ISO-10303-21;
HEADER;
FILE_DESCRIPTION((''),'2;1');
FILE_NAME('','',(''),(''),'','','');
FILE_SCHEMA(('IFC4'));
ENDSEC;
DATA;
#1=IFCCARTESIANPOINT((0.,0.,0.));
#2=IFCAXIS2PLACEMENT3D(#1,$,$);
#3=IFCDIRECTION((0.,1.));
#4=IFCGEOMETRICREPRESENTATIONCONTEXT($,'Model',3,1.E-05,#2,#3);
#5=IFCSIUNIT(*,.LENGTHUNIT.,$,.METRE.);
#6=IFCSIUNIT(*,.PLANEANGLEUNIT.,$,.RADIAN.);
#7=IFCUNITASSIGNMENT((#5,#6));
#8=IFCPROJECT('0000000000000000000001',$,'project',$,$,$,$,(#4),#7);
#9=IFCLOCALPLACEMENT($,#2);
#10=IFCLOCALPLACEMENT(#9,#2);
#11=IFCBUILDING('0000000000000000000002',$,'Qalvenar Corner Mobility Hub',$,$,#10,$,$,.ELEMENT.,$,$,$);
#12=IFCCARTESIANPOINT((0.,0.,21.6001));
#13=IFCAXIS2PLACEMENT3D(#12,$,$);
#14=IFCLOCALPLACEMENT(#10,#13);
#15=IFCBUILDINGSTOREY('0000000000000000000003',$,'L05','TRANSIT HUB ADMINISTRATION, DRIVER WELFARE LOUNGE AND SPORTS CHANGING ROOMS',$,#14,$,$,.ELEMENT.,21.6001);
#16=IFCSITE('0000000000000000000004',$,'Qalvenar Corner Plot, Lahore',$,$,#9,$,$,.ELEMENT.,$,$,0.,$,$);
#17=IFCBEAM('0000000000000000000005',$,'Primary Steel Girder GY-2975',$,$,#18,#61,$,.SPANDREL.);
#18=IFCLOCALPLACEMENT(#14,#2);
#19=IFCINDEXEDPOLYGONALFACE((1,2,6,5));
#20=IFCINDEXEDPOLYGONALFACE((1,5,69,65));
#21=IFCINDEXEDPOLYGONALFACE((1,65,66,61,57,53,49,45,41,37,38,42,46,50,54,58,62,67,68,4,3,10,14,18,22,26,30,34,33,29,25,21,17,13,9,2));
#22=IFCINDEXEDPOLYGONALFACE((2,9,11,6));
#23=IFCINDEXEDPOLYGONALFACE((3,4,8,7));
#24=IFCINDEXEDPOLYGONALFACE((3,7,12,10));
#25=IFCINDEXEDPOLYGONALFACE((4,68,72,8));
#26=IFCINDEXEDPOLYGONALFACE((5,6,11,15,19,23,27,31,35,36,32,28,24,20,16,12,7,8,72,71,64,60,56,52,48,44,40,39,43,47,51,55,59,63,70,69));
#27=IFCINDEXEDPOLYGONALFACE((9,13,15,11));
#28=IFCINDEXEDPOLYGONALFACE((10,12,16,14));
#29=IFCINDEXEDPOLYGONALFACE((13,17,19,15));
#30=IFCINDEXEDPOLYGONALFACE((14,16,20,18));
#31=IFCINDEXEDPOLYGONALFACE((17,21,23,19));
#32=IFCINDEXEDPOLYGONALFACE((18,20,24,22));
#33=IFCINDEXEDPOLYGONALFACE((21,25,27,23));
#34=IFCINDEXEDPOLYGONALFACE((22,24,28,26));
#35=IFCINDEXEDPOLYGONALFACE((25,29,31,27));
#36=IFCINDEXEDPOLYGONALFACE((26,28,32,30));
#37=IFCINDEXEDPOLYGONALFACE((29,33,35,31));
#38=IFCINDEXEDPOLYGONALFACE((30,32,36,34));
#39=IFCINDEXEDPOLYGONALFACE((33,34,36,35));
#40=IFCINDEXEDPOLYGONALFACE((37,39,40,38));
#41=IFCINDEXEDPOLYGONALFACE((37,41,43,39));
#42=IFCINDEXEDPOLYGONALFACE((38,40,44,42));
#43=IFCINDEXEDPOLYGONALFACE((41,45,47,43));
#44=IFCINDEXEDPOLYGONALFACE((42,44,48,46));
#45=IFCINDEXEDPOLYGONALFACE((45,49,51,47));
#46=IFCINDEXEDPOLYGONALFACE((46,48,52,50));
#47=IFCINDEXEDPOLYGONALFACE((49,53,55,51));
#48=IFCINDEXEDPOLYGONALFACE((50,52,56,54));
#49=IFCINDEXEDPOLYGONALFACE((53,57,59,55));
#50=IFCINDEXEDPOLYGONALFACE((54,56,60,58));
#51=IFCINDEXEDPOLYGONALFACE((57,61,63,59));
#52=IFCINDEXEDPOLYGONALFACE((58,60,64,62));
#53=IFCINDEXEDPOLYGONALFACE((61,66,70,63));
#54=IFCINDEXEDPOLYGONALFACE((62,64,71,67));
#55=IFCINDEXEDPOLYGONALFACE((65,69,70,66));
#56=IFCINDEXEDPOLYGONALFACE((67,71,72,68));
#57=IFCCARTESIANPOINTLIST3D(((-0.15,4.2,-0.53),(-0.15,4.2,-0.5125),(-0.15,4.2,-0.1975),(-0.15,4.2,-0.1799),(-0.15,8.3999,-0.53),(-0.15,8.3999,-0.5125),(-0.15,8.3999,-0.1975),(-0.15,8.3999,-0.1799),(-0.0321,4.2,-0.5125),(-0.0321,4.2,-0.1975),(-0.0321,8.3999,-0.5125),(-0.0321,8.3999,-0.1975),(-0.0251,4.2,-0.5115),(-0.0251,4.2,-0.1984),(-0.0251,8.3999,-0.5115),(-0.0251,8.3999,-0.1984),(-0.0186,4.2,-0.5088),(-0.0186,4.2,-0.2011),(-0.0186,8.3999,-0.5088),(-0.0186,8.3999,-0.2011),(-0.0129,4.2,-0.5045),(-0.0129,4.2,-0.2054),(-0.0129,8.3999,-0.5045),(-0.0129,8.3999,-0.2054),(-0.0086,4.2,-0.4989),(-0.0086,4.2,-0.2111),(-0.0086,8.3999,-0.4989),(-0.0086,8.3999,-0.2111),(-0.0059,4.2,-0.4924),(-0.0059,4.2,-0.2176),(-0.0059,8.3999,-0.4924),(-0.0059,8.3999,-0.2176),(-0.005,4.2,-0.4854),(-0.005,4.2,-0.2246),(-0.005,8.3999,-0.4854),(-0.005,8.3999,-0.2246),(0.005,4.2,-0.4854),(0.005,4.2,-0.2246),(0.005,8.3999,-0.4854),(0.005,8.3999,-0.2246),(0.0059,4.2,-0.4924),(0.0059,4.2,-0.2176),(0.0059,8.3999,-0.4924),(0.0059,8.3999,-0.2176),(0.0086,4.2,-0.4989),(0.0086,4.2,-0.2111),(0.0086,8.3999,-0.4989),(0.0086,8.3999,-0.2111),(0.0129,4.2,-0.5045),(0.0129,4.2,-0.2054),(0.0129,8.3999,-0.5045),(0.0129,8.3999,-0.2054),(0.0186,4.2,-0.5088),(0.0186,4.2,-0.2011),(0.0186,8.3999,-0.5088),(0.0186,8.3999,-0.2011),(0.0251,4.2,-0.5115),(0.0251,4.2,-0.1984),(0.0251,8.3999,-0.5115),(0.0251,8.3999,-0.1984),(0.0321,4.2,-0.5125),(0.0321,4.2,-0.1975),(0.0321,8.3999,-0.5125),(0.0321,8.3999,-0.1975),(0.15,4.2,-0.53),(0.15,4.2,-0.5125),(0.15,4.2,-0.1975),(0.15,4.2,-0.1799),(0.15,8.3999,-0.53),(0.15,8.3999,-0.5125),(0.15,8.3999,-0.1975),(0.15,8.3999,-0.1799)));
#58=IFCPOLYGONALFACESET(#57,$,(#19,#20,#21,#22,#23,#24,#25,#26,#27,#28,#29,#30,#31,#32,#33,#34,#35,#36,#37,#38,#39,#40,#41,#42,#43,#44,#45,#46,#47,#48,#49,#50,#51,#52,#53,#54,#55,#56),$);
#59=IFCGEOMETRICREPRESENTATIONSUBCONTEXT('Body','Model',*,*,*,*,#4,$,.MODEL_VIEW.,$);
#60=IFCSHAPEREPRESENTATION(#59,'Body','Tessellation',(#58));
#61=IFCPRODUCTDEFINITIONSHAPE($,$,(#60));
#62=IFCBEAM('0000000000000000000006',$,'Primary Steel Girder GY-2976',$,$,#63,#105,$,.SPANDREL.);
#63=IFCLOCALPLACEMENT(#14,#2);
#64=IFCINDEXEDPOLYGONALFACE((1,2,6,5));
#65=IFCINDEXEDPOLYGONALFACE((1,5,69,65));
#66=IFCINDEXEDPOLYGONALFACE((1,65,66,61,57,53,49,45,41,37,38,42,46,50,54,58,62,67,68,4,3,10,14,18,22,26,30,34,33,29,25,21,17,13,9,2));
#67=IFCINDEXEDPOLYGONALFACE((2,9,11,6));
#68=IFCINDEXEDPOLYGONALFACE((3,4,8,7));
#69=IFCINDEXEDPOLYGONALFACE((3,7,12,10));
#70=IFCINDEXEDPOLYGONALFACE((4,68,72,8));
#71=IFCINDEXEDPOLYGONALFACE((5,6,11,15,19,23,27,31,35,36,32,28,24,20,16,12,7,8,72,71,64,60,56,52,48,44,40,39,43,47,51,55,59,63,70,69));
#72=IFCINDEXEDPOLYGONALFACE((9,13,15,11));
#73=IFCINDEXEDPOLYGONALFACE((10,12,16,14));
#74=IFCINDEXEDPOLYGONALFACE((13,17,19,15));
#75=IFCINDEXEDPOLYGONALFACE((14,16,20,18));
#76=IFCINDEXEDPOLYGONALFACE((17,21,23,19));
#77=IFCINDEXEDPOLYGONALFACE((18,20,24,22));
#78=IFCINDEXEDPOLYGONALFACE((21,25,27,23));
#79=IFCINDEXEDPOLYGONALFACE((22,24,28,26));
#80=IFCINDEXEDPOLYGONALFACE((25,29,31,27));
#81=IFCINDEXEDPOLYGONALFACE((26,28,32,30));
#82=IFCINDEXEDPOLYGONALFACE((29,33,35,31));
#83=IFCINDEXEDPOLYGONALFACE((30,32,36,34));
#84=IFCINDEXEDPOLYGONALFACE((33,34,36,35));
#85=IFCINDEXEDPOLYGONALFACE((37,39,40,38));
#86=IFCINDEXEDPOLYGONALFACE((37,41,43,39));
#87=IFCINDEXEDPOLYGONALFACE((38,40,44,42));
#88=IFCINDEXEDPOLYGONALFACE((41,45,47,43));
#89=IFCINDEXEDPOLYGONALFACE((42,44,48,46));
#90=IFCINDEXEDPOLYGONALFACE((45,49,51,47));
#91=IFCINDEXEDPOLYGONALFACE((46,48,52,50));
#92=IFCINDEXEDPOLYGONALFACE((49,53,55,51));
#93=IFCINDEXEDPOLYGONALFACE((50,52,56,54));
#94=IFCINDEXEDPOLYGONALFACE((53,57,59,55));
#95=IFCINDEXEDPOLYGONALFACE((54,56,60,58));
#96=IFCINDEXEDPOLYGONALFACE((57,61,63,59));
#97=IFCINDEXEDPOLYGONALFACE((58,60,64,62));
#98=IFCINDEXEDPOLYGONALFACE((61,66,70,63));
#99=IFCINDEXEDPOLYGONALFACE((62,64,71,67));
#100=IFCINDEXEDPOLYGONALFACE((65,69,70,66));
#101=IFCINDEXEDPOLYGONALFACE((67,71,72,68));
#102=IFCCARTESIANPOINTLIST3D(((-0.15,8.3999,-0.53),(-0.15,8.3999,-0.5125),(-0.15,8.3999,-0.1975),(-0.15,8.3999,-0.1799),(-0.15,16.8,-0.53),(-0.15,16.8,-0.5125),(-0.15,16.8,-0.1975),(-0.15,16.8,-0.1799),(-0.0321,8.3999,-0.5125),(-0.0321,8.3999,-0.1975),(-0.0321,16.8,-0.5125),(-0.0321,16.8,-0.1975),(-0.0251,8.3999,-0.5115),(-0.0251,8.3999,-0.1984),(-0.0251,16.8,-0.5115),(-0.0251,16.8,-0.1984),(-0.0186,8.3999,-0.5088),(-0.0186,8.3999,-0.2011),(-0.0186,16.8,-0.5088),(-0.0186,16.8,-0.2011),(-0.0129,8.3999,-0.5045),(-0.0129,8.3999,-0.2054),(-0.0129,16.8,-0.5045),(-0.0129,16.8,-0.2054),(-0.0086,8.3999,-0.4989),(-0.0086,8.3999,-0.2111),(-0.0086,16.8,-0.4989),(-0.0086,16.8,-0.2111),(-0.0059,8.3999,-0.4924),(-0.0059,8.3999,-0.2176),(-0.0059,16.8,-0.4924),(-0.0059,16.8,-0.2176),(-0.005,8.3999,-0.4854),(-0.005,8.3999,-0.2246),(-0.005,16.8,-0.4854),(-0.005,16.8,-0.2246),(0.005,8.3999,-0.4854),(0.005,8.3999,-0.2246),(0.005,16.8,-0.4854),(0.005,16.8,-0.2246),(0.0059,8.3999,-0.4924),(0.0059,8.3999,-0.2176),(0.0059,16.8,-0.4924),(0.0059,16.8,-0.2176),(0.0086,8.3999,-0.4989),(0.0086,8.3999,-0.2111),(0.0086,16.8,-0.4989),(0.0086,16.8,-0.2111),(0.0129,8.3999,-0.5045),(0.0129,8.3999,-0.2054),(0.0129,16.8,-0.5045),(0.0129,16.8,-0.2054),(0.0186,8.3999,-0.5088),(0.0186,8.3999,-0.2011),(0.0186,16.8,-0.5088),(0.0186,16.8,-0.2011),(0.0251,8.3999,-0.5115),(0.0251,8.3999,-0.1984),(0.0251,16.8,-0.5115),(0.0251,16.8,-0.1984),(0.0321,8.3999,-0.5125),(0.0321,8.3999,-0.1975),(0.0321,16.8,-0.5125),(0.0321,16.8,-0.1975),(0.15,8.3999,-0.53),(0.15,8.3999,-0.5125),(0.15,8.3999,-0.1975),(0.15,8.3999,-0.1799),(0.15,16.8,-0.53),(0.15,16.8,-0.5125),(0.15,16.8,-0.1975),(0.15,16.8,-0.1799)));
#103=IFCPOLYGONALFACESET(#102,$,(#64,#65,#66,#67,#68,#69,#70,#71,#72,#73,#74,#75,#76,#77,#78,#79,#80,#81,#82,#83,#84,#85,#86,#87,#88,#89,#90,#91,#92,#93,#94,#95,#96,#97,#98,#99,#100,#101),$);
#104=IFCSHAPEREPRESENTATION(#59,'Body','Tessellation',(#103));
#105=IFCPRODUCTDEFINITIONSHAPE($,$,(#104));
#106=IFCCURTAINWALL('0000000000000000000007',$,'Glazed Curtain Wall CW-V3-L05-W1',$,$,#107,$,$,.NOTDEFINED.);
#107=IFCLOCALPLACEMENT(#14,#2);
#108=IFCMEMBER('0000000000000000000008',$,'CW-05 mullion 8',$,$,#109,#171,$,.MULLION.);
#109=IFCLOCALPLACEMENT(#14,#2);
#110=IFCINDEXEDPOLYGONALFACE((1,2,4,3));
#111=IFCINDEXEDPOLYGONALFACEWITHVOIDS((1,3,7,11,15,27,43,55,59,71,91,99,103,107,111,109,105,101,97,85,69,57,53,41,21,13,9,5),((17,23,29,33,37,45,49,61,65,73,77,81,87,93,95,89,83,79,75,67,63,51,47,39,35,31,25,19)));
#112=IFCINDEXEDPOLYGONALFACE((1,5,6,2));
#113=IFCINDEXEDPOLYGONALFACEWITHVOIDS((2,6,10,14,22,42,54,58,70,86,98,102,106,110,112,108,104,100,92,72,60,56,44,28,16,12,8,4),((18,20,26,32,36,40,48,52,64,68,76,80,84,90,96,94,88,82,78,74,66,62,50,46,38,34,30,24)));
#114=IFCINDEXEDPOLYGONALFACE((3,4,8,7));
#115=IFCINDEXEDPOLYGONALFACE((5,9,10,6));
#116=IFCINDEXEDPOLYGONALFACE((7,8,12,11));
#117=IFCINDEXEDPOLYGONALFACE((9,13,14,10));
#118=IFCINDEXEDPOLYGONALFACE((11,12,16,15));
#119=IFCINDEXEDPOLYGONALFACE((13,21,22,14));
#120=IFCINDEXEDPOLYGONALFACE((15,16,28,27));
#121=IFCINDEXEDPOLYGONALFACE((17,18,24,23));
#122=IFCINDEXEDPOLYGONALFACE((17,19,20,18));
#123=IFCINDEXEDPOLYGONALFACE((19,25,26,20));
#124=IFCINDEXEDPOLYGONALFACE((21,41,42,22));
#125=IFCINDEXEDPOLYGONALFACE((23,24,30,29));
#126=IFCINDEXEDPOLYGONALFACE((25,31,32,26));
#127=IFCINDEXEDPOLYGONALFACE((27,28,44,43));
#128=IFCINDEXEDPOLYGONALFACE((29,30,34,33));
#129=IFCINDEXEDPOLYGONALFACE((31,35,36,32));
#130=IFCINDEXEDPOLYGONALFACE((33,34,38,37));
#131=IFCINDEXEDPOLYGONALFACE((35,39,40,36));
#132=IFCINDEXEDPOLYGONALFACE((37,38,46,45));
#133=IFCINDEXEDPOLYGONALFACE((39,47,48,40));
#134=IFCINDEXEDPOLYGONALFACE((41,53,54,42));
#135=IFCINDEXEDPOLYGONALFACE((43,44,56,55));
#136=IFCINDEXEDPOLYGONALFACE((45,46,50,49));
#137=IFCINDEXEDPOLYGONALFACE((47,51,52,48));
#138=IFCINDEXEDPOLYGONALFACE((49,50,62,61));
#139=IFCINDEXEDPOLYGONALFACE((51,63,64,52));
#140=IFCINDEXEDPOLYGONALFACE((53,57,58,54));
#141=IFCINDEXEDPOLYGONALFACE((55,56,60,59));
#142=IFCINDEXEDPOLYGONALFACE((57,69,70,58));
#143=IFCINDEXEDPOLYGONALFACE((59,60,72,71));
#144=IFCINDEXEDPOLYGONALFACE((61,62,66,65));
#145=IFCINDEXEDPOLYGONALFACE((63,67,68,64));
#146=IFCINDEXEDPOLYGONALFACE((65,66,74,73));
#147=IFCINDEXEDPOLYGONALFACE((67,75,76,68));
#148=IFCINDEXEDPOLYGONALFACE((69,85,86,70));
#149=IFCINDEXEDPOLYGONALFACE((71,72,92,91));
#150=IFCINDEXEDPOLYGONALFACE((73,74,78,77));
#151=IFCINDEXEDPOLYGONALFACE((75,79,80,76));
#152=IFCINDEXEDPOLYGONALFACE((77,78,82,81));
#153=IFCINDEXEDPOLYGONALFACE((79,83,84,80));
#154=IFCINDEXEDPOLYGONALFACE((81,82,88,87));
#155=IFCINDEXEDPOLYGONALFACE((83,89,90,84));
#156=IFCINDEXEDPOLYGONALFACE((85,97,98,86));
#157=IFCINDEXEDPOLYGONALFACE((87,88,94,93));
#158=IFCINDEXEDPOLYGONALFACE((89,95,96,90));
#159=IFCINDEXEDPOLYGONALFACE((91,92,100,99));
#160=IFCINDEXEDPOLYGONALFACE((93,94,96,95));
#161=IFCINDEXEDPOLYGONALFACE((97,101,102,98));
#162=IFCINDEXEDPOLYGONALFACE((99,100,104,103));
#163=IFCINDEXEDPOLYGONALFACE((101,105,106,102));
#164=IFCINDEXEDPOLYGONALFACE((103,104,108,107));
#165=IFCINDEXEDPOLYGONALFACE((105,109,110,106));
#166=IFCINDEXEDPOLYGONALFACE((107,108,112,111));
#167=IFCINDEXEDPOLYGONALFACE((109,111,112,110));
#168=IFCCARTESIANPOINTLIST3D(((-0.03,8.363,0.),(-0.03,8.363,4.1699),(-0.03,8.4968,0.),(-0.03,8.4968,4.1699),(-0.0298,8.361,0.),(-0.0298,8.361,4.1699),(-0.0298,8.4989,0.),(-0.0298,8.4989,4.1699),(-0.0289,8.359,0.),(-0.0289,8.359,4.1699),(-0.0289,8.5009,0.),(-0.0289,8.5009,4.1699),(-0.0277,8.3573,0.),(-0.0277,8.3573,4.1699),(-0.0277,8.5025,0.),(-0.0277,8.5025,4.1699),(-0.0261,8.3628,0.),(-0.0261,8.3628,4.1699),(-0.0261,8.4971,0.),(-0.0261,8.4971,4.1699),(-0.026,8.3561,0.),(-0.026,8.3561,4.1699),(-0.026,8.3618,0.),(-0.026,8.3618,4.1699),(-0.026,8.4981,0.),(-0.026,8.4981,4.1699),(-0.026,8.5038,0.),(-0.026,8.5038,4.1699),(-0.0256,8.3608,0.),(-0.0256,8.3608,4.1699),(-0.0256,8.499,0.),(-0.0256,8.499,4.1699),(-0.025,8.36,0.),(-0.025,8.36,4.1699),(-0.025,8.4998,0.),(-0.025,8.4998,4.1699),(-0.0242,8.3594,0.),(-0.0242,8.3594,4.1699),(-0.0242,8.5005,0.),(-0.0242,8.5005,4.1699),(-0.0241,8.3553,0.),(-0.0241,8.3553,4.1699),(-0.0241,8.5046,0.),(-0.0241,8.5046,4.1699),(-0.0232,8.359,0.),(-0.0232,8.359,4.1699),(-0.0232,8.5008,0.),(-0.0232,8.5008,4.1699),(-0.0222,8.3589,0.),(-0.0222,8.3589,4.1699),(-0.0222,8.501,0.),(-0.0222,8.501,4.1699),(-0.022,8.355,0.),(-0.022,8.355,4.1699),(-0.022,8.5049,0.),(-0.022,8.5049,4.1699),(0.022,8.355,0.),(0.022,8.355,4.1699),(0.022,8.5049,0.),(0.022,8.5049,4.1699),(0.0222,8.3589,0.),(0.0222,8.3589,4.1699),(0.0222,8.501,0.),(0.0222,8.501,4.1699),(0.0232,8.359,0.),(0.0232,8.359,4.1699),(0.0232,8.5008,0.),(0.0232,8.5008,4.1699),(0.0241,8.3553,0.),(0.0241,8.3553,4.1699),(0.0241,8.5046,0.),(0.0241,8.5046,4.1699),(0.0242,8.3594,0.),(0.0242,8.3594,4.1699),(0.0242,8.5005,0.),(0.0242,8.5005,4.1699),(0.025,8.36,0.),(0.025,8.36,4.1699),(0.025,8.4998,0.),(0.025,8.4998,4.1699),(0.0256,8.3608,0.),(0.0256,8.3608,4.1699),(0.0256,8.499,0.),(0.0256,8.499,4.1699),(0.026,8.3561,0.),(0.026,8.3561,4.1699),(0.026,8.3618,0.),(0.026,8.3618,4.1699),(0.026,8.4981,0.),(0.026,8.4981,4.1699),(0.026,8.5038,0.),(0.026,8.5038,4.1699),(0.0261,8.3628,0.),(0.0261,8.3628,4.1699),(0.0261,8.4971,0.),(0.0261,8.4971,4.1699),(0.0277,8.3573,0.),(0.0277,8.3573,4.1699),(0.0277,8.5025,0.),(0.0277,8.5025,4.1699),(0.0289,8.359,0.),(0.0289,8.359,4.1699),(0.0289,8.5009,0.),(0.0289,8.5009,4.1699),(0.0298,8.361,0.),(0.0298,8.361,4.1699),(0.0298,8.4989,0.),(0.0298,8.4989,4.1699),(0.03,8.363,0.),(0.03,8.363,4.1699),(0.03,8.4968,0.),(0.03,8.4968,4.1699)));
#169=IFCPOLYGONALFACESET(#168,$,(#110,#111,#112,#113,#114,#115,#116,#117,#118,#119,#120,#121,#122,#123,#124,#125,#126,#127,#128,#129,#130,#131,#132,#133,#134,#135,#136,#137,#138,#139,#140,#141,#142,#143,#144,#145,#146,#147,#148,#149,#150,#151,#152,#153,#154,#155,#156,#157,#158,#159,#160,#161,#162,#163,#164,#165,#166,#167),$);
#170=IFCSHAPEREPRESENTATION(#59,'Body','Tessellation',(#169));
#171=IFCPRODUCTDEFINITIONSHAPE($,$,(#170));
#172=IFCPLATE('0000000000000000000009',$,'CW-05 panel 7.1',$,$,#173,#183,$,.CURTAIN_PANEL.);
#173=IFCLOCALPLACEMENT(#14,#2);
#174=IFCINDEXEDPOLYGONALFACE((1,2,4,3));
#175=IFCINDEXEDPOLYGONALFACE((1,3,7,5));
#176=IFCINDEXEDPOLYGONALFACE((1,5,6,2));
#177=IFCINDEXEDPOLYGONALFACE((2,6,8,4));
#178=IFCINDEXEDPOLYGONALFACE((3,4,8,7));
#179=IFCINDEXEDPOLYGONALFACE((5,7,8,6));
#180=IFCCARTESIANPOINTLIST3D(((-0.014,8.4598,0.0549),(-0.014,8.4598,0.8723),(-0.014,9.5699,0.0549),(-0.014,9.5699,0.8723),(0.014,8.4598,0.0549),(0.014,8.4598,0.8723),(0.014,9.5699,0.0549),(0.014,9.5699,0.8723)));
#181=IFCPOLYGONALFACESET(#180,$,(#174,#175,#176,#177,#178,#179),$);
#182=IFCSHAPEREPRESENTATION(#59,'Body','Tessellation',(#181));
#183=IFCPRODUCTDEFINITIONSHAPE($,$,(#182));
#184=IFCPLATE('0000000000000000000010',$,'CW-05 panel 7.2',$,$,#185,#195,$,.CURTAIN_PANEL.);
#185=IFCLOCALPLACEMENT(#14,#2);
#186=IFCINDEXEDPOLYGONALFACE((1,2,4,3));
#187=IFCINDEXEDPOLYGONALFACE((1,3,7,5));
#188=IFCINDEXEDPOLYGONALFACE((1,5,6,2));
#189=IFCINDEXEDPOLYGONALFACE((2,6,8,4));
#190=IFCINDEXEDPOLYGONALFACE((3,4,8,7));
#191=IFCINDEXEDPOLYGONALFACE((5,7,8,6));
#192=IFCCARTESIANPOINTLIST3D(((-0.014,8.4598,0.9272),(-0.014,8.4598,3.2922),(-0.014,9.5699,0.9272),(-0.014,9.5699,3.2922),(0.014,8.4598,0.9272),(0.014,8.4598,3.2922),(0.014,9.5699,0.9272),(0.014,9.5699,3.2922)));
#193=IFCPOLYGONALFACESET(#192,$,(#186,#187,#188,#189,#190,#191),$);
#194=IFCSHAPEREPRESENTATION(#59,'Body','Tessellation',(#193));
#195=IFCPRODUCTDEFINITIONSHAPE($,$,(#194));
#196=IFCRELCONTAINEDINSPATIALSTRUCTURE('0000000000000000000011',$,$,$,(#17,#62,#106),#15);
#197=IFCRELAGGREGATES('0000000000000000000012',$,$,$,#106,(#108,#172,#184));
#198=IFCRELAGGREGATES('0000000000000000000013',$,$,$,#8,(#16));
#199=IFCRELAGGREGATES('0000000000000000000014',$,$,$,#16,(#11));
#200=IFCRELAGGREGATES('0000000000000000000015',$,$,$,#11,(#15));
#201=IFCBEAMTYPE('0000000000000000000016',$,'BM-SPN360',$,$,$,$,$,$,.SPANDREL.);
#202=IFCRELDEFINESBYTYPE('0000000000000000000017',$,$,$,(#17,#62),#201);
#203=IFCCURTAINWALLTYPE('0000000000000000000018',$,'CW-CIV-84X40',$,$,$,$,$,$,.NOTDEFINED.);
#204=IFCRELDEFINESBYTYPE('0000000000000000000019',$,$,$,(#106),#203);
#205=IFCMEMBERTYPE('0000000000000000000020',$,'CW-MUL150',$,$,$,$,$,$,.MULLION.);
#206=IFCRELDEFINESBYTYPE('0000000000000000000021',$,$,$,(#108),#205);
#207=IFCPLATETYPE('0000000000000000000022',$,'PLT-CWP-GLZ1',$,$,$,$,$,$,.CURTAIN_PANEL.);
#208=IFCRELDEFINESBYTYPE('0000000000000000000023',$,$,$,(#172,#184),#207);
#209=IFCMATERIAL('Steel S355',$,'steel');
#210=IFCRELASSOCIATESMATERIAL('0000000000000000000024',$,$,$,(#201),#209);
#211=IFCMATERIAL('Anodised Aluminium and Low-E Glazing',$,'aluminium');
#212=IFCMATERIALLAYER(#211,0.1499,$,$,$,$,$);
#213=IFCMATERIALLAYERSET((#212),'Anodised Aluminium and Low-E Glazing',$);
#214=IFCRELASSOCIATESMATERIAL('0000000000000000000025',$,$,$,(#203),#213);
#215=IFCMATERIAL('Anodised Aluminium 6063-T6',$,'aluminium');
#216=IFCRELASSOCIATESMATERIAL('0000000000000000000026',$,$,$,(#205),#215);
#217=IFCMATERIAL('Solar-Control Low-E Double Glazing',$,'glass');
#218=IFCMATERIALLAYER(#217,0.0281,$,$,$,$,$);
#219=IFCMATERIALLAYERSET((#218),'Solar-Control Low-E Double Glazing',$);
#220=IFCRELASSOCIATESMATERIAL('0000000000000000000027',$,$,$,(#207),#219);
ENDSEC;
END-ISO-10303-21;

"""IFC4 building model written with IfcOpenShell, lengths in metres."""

from ifc_helpers import new_model, si_unit, direction, frame, origin, origin_2d, place, context, subcontext, project, spatial, rectangle, hollow_rectangle, i_section, extrude, material, layer, layer_set, material_profile, profile_set, type_object, element, aggregate, save


model = new_model("IFC4")

# Units and contexts
model_context = context("Model", 3, precision=1e-05, world=origin(), true_north=direction((0.0, 1.0)))
body_context = subcontext(model_context, "Body", "Model", "MODEL_VIEW")
ifc_project = project(units=[si_unit("LENGTHUNIT", "METRE"), si_unit("PLANEANGLEUNIT", "RADIAN")], contexts=[model_context])

# Site, building, storey
site_placement = place(None, origin())
site = spatial("IfcSite", under=ifc_project, at=site_placement, Name="Qalvenar Corner Plot, Lahore", CompositionType="ELEMENT", RefElevation=0.0)
building_placement = place(site_placement, origin())
building = spatial("IfcBuilding", under=site, at=building_placement, Name="Qalvenar Corner Mobility Hub", CompositionType="ELEMENT")
storey_placement = place(building_placement, frame((0.0, 0.0, 21.6001)))
storey = spatial("IfcBuildingStorey", under=building, at=storey_placement, Name="L05", Description="TRANSIT HUB ADMINISTRATION, DRIVER WELFARE LOUNGE AND SPORTS CHANGING ROOMS", CompositionType="ELEMENT", Elevation=21.6001)

# Shared definitions
ifc_material_1 = material(Name="Steel S355", Category="steel")

# Beams
ifc_material_profile_1 = material_profile(ifc_material_1, i_section(OverallWidth=0.3, OverallDepth=0.3501, WebThickness=0.01, FlangeThickness=0.0176, FilletRadius=0.0271, at=origin_2d()), Name="HEA360")
ifc_profile_set_1 = profile_set([ifc_material_profile_1], Name="Steel S355")
beam_type_1 = type_object("IfcBeamType", Name="BM-SPN360", PredefinedType="SPANDREL", material=ifc_profile_set_1)
beam_1_placement = place(storey_placement, frame((0.0, 4.2, -0.355), z_axis=(0.0, 1.0, 0.0), x_axis=(-1.0, 0.0, 0.0)))
element("IfcBeam", 1, at=beam_1_placement, inside=storey, type_object=beam_type_1, Name="Primary Steel Girder GY-2975", PredefinedType="SPANDREL", context=body_context, shape_type="SweptSolid", body=[
    extrude(i_section(OverallWidth=0.3, OverallDepth=0.3501, WebThickness=0.01, FlangeThickness=0.0176, FilletRadius=0.0271, at=origin_2d()), origin(), (0.0, 0.0, 1.0), 4.2),
])
beam_2_placement = place(storey_placement, frame((0.0, 8.3999, -0.355), z_axis=(0.0, 1.0, 0.0), x_axis=(-1.0, 0.0, 0.0)))
element("IfcBeam", 2, at=beam_2_placement, inside=storey, type_object=beam_type_1, Name="Primary Steel Girder GY-2976", PredefinedType="SPANDREL", context=body_context, shape_type="SweptSolid", body=[
    extrude(i_section(OverallWidth=0.3, OverallDepth=0.3501, WebThickness=0.01, FlangeThickness=0.0176, FilletRadius=0.0271, at=origin_2d()), origin(), (0.0, 0.0, 1.0), 8.4001),
])

# Curtain wall, member, plates
ifc_material_2 = material(Name="Anodised Aluminium and Low-E Glazing", Category="aluminium")
ifc_layer_1 = layer(ifc_material_2, 0.1499)
ifc_layer_set_1 = layer_set([ifc_layer_1], Name="Anodised Aluminium and Low-E Glazing")
curtain_wall_type = type_object("IfcCurtainWallType", Name="CW-CIV-84X40", PredefinedType="NOTDEFINED", material=ifc_layer_set_1)
curtain_wall_placement = place(storey_placement, origin())
curtain_wall = element("IfcCurtainWall", 3, at=curtain_wall_placement, inside=storey, type_object=curtain_wall_type, Name="Glazed Curtain Wall CW-V3-L05-W1", PredefinedType="NOTDEFINED")
ifc_material_3 = material(Name="Anodised Aluminium 6063-T6", Category="aluminium")
ifc_material_profile_2 = material_profile(ifc_material_3, hollow_rectangle(XDim=0.0601, YDim=0.1499, WallThickness=0.0039, InnerFilletRadius=0.0039, OuterFilletRadius=0.0081, at=origin_2d()), Name="RHS150x60x4")
ifc_profile_set_2 = profile_set([ifc_material_profile_2], Name="Anodised Aluminium 6063-T6")
member_type = type_object("IfcMemberType", Name="CW-MUL150", PredefinedType="MULLION", material=ifc_profile_set_2)
member_placement = place(storey_placement, frame((0.0, 8.4299, 0.0), z_axis=(0.0, 0.0, 1.0), x_axis=(1.0, 0.0, 0.0)))
member = element("IfcMember", 4, at=member_placement, type_object=member_type, Name="CW-05 mullion 8", PredefinedType="MULLION", context=body_context, shape_type="SweptSolid", body=[
    extrude(hollow_rectangle(XDim=0.0601, YDim=0.1499, WallThickness=0.0039, InnerFilletRadius=0.0039, OuterFilletRadius=0.0081, at=origin_2d()), origin(), (0.0, 0.0, 1.0), 4.1699),
])
ifc_material_4 = material(Name="Solar-Control Low-E Double Glazing", Category="glass")
ifc_layer_2 = layer(ifc_material_4, 0.0281)
ifc_layer_set_2 = layer_set([ifc_layer_2], Name="Solar-Control Low-E Double Glazing")
plate_type = type_object("IfcPlateType", Name="PLT-CWP-GLZ1", PredefinedType="CURTAIN_PANEL", material=ifc_layer_set_2)
plate_1_placement = place(storey_placement, frame((0.0, 9.0149, 0.0549), z_axis=(0.0, 0.0, 1.0), x_axis=(0.0, -1.0, 0.0)))
plate_1 = element("IfcPlate", 5, at=plate_1_placement, type_object=plate_type, Name="CW-05 panel 7.1", PredefinedType="CURTAIN_PANEL", context=body_context, shape_type="SweptSolid", body=[
    extrude(rectangle(XDim=1.1101, YDim=0.0281, at=origin_2d()), origin(), (0.0, 0.0, 1.0), 0.8174),
])
plate_2_placement = place(storey_placement, frame((0.0, 9.0149, 0.9272), z_axis=(0.0, 0.0, 1.0), x_axis=(0.0, -1.0, 0.0)))
plate_2 = element("IfcPlate", 6, at=plate_2_placement, type_object=plate_type, Name="CW-05 panel 7.2", PredefinedType="CURTAIN_PANEL", context=body_context, shape_type="SweptSolid", body=[
    extrude(rectangle(XDim=1.1101, YDim=0.0281, at=origin_2d()), origin(), (0.0, 0.0, 1.0), 2.365),
])
aggregate(curtain_wall, [member, plate_1, plate_2])

save(model, "model.ifc")
